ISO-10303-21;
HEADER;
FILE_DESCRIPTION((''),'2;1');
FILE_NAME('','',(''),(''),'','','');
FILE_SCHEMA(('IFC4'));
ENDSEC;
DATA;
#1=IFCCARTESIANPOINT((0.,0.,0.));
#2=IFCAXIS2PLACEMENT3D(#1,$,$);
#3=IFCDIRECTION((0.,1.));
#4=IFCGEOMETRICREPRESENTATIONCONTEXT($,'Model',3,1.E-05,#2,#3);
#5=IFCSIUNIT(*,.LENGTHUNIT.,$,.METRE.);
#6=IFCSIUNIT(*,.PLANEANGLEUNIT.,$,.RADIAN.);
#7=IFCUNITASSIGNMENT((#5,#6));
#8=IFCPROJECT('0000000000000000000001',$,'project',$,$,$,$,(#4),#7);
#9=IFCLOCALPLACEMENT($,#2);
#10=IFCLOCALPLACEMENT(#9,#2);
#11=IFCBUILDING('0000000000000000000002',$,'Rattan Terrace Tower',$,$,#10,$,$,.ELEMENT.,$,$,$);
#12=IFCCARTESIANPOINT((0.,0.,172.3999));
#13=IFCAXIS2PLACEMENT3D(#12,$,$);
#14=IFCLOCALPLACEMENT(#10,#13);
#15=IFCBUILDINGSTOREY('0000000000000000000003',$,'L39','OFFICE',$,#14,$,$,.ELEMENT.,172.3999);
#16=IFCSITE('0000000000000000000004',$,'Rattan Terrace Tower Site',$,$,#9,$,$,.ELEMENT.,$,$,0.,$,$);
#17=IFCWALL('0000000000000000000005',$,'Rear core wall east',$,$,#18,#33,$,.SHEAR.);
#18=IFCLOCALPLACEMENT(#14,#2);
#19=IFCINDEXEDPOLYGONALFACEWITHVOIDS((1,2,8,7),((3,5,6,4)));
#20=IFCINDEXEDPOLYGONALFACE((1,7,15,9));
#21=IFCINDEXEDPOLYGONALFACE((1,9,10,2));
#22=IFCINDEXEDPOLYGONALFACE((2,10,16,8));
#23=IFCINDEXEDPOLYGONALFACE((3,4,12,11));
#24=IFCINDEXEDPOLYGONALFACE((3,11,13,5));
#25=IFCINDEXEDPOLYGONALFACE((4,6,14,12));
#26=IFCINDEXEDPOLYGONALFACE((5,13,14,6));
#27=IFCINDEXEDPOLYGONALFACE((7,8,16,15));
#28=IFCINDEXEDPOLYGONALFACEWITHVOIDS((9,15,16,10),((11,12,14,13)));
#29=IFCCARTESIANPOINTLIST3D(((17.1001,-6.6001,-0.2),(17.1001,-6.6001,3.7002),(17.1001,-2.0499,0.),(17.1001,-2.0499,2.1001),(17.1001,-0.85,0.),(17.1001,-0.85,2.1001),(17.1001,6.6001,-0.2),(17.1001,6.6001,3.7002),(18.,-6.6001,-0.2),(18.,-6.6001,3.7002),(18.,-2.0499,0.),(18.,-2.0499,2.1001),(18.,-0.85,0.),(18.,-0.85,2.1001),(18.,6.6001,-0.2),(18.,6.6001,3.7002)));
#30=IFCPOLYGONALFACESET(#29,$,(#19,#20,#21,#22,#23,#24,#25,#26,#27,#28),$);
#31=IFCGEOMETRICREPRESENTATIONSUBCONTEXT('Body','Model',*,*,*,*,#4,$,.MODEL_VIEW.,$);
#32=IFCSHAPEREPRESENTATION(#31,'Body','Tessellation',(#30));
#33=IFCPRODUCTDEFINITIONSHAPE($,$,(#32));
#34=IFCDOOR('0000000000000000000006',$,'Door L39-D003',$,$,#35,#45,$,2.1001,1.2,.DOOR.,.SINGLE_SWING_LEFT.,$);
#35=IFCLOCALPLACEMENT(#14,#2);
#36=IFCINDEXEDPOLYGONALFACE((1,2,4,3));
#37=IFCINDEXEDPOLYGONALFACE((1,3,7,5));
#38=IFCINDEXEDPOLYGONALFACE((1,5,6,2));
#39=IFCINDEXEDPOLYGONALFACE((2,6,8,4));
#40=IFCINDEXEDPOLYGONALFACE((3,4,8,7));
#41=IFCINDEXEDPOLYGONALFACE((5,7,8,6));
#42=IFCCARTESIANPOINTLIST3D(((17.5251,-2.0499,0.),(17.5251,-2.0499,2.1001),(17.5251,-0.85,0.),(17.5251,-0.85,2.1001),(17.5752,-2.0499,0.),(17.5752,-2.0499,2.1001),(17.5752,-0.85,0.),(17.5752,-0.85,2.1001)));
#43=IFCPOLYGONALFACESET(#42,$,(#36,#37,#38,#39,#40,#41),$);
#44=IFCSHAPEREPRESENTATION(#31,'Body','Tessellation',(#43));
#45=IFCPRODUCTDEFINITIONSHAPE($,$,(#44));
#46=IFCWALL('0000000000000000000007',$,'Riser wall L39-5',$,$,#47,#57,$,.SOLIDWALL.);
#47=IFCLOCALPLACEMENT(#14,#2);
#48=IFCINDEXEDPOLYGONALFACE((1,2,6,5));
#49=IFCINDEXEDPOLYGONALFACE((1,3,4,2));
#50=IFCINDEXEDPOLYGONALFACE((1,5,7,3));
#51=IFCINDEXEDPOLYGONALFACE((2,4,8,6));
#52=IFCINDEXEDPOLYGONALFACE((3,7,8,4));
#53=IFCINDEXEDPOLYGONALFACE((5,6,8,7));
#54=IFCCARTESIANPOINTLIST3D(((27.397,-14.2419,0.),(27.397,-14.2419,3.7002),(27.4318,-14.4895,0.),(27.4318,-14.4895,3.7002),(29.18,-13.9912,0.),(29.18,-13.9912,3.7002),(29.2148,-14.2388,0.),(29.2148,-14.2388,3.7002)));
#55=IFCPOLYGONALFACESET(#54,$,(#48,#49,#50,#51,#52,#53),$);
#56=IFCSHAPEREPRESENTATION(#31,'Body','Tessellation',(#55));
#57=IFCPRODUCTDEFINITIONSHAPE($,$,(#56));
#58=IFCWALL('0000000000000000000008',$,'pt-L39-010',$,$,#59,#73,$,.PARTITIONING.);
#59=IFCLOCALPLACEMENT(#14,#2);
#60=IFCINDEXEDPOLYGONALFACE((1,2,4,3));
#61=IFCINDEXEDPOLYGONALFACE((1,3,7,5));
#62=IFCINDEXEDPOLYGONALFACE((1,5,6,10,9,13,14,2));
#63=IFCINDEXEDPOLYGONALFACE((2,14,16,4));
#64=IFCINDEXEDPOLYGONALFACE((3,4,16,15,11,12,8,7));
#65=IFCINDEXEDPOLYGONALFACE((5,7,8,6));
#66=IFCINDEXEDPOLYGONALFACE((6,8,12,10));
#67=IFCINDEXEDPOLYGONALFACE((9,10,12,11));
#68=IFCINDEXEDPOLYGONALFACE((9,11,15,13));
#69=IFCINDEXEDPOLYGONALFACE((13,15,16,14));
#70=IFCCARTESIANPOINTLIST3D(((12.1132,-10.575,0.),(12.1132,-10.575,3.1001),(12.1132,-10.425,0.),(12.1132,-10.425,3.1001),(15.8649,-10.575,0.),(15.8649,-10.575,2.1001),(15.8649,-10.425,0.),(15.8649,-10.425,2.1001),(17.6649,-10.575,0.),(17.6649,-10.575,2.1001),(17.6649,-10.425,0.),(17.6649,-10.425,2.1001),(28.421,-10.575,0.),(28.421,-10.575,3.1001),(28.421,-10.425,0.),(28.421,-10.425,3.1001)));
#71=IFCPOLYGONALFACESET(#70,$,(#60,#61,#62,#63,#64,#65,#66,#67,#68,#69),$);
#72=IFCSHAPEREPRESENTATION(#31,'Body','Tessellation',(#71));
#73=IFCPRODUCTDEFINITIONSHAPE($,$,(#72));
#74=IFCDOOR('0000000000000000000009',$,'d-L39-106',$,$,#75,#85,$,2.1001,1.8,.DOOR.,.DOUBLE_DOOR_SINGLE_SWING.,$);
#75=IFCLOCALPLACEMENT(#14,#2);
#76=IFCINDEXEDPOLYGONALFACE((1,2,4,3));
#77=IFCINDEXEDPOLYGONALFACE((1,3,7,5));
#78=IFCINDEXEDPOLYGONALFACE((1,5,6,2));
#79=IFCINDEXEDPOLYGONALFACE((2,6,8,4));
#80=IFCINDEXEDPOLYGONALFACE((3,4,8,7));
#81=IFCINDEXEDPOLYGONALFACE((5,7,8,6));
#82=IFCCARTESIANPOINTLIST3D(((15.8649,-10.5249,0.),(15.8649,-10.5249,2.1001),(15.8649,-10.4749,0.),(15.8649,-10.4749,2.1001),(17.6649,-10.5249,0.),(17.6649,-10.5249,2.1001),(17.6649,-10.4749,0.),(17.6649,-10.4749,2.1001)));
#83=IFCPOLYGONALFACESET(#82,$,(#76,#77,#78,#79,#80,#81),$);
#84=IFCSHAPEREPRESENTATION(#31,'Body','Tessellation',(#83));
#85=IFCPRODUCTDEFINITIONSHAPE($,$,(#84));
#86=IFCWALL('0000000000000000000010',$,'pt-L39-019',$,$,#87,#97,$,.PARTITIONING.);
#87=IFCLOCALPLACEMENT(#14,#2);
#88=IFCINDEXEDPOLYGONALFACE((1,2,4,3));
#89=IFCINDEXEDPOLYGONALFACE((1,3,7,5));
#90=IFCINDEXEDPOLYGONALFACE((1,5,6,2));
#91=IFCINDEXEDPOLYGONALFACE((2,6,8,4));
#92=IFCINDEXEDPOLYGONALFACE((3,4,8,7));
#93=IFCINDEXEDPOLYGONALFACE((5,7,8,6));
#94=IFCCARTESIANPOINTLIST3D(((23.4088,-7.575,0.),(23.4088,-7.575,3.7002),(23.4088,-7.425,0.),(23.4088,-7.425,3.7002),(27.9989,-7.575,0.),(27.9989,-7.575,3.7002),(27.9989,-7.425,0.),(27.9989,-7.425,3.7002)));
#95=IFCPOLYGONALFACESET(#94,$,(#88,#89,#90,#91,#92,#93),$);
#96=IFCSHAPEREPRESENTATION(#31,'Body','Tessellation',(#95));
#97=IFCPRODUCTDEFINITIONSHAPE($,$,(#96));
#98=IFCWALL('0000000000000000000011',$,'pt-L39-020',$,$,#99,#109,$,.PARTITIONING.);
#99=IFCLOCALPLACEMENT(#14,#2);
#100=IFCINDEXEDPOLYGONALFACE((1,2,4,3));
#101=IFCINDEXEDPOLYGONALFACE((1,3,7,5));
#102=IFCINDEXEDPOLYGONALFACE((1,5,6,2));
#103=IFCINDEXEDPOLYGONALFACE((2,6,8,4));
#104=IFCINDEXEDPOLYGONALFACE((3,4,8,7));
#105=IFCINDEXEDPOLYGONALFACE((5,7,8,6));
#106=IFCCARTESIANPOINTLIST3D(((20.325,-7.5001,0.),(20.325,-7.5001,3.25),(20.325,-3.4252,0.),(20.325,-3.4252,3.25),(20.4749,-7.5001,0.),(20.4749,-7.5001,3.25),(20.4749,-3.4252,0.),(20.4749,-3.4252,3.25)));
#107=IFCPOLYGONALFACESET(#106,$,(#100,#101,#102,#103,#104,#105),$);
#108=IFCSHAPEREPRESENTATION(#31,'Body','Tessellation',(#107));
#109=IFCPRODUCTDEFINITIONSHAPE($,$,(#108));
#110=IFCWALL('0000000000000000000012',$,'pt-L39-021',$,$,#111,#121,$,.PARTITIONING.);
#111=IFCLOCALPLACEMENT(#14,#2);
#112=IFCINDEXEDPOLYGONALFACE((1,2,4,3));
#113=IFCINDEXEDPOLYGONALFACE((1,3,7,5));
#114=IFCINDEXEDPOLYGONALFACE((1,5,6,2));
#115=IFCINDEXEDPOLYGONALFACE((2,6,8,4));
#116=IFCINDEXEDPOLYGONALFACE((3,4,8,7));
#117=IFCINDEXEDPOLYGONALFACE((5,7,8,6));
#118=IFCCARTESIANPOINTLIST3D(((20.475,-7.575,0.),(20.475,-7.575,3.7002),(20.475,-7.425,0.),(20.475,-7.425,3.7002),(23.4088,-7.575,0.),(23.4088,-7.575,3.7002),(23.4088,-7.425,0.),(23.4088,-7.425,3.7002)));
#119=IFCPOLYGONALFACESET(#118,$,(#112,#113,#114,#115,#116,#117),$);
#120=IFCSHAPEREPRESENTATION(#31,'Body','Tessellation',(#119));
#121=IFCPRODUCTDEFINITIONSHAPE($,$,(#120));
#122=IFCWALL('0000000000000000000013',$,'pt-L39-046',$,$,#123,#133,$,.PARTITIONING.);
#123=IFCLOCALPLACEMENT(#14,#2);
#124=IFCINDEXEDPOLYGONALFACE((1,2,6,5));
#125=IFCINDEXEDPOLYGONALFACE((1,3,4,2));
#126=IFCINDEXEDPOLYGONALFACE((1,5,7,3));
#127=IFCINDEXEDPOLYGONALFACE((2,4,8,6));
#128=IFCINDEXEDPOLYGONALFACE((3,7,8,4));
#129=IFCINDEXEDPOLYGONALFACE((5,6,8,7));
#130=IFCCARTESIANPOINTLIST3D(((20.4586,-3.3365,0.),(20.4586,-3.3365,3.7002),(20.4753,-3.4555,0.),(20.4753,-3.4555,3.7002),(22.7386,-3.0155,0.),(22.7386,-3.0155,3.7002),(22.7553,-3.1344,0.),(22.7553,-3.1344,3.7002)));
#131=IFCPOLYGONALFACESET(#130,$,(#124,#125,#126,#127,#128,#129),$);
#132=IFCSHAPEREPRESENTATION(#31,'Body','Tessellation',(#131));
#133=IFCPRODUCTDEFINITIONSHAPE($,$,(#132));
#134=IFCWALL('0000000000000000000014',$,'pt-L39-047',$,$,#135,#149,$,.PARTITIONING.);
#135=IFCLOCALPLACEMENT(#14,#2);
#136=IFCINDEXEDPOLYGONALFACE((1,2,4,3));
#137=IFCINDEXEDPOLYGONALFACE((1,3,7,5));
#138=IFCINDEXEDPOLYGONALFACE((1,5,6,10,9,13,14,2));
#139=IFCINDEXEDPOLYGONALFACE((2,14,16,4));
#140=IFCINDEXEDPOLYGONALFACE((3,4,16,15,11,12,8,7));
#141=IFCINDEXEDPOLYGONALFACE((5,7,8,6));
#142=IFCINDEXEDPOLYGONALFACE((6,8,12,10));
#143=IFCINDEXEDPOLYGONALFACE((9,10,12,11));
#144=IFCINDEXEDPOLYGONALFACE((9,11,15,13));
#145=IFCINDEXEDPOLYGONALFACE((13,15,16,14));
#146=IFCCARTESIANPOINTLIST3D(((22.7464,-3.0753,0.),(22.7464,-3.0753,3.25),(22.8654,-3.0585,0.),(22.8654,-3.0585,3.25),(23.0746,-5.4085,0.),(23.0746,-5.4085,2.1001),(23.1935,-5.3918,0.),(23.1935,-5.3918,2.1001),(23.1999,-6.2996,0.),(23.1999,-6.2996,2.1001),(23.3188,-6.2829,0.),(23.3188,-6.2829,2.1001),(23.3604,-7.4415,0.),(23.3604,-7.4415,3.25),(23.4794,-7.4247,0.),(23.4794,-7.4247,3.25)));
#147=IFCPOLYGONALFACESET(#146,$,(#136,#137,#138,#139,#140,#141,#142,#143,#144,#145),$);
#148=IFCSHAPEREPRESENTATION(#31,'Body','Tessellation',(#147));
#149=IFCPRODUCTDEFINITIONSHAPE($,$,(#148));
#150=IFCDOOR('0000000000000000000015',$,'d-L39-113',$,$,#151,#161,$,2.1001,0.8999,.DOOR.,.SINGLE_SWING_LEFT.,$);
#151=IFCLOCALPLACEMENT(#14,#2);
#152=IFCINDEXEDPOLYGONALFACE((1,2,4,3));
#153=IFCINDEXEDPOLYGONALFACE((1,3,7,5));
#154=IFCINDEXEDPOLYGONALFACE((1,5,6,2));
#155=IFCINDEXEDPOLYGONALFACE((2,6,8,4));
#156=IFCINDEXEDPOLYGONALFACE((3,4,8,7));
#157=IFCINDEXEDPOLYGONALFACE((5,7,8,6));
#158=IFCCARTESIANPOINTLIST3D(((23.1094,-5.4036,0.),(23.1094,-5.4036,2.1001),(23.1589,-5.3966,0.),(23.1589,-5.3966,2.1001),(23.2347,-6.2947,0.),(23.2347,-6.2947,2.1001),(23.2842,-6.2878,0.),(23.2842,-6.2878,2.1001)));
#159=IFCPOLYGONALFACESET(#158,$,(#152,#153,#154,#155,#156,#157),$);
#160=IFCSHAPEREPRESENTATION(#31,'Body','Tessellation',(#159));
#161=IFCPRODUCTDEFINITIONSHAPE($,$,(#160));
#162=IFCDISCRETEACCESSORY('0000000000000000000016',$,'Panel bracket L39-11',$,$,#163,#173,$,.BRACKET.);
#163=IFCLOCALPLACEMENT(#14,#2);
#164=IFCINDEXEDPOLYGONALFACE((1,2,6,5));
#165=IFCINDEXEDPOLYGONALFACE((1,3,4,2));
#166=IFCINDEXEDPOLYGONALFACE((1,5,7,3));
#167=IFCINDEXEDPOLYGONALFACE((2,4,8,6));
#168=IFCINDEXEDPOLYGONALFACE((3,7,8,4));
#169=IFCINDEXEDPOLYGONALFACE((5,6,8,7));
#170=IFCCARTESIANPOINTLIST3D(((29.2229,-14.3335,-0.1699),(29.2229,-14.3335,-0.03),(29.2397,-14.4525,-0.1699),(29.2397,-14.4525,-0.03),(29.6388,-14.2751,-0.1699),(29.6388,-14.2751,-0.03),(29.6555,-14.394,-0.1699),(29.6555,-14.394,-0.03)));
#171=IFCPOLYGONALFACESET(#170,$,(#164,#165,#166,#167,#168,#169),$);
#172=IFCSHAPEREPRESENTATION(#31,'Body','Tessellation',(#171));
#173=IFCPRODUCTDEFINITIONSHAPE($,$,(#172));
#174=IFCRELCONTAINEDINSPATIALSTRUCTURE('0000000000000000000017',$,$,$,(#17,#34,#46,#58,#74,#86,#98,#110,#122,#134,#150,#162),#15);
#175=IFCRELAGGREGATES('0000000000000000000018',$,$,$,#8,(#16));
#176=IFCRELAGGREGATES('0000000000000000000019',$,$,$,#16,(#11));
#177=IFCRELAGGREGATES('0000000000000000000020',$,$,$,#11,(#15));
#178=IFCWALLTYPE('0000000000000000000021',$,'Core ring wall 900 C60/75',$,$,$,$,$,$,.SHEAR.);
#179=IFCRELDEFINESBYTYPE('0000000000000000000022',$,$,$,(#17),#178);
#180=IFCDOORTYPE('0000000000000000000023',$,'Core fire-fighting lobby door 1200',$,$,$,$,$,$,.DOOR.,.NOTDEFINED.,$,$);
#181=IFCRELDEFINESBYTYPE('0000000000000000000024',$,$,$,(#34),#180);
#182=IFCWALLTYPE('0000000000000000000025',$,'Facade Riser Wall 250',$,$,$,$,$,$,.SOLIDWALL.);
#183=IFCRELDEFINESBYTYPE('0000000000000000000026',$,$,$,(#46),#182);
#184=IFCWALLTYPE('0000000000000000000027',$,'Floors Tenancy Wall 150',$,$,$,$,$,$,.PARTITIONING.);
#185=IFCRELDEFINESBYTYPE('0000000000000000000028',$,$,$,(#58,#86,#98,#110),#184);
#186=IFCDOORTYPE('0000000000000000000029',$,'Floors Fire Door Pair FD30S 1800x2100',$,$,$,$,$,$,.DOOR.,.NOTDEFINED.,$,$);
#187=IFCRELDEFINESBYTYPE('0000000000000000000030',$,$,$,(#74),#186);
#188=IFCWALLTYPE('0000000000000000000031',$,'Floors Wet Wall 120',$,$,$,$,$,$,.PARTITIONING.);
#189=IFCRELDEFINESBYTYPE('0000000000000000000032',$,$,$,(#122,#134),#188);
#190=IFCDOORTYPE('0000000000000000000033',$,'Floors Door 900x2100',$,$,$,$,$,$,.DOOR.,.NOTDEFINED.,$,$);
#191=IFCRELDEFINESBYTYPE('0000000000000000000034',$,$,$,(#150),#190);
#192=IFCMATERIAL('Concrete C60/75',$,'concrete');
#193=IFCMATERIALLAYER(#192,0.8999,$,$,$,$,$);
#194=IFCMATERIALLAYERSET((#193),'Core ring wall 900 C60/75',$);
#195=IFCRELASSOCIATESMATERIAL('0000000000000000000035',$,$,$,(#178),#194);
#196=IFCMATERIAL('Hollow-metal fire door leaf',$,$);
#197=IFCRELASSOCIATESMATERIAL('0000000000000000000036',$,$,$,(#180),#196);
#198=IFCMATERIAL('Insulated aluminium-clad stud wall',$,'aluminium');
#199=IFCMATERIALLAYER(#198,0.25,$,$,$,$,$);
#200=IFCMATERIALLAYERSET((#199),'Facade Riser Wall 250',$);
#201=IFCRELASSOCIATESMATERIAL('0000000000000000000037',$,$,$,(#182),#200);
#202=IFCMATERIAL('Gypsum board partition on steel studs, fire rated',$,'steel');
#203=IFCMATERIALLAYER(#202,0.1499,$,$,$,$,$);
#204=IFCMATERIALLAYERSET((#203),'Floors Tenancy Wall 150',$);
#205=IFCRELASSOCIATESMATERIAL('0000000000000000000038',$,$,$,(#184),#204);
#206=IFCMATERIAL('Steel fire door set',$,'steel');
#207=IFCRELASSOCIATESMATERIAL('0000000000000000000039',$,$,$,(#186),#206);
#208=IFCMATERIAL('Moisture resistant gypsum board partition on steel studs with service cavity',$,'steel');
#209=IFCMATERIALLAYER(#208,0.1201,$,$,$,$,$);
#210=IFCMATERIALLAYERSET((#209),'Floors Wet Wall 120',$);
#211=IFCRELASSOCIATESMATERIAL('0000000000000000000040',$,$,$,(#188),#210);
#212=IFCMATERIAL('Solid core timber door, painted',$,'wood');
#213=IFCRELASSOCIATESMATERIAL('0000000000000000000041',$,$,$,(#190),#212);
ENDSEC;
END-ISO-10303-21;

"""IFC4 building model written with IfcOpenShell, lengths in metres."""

from ifc_helpers import new_model, si_unit, direction, frame, frame_2d, origin, origin_2d, place, context, subcontext, project, spatial, rectangle, extrude, material, layer, layer_set, type_object, element, fill, save


model = new_model("IFC4")

# Units and contexts
model_context = context("Model", 3, precision=1e-05, world=origin(), true_north=direction((0.0, 1.0)))
body_context = subcontext(model_context, "Body", "Model", "MODEL_VIEW")
ifc_project = project(units=[si_unit("LENGTHUNIT", "METRE"), si_unit("PLANEANGLEUNIT", "RADIAN")], contexts=[model_context])

# Site, building, storey
site_placement = place(None, origin())
site = spatial("IfcSite", under=ifc_project, at=site_placement, Name="Rattan Terrace Tower Site", CompositionType="ELEMENT", RefElevation=0.0)
building_placement = place(site_placement, origin())
building = spatial("IfcBuilding", under=site, at=building_placement, Name="Rattan Terrace Tower", CompositionType="ELEMENT")
storey_placement = place(building_placement, frame((0.0, 0.0, 172.3999)))
storey = spatial("IfcBuildingStorey", under=building, at=storey_placement, Name="L39", Description="OFFICE", CompositionType="ELEMENT", Elevation=172.3999)

# Wall, opening, door
ifc_material_1 = material(Name="Concrete C60/75", Category="concrete")
ifc_layer_1 = layer(ifc_material_1, 0.8999)
ifc_layer_set_1 = layer_set([ifc_layer_1], Name="Core ring wall 900 C60/75")
wall_type_1 = type_object("IfcWallType", Name="Core ring wall 900 C60/75", PredefinedType="SHEAR", material=ifc_layer_set_1)
wall_1_placement = place(storey_placement, frame((17.55, -6.6001, -0.2), z_axis=(0.0, 0.0, 1.0), x_axis=(0.0, 1.0, 0.0)))
wall_1 = element("IfcWall", 1, at=wall_1_placement, inside=storey, type_object=wall_type_1, Name="Rear core wall east", PredefinedType="SHEAR", context=body_context, shape_type="SweptSolid", body=[
    extrude(rectangle(XDim=13.2002, YDim=0.8999, at=frame_2d((6.6001, 0.0))), origin(), (0.0, 0.0, 1.0), 3.9001),
])
opening_1_placement = place(wall_1_placement, frame((4.55, 0.0, 0.2)))
opening_1 = element("IfcOpeningElement", 2, at=opening_1_placement, cuts=wall_1, PredefinedType="OPENING", context=body_context, shape_type="SweptSolid", body=[
    extrude(rectangle(XDim=1.2, YDim=2.1001, at=frame_2d((0.6001, 1.05))), frame((0.0, 0.4604, 0.0), z_axis=(0.0, -1.0, 0.0), x_axis=(1.0, 0.0, 0.0)), (0.0, 0.0, 1.0), 0.9209),
])
ifc_material_2 = material(Name="Hollow-metal fire door leaf")
door_type_1 = type_object("IfcDoorType", Name="Core fire-fighting lobby door 1200", OperationType="NOTDEFINED", PredefinedType="DOOR", material=ifc_material_2)
door_1_placement = place(opening_1_placement, origin())
door_1 = element("IfcDoor", 3, at=door_1_placement, inside=storey, type_object=door_type_1, Name="Door L39-D003", OperationType="SINGLE_SWING_LEFT", OverallHeight=2.1001, OverallWidth=1.2, PredefinedType="DOOR", context=body_context, shape_type="SweptSolid", body=[
    extrude(rectangle(XDim=1.2, YDim=2.1001, at=frame_2d((0.6001, 1.05))), frame((0.0, 0.0249, 0.0), z_axis=(0.0, -1.0, 0.0), x_axis=(1.0, 0.0, 0.0)), (0.0, 0.0, 1.0), 0.05),
])
fill(opening_1, door_1)

# Wall
ifc_material_3 = material(Name="Insulated aluminium-clad stud wall", Category="aluminium")
ifc_layer_2 = layer(ifc_material_3, 0.25)
ifc_layer_set_2 = layer_set([ifc_layer_2], Name="Facade Riser Wall 250")
wall_type_2 = type_object("IfcWallType", Name="Facade Riser Wall 250", PredefinedType="SOLIDWALL", material=ifc_layer_set_2)
wall_2_placement = place(storey_placement, frame((27.4143, -14.3657, 0.0), z_axis=(0.0, 0.0, 1.0), x_axis=(0.990256, 0.139257, 0.0)))
element("IfcWall", 4, at=wall_2_placement, inside=storey, type_object=wall_type_2, Name="Riser wall L39-5", PredefinedType="SOLIDWALL", context=body_context, shape_type="SweptSolid", body=[
    extrude(rectangle(XDim=1.8005, YDim=0.25, at=frame_2d((0.9004, 0.0))), origin(), (0.0, 0.0, 1.0), 3.7002),
])

# Wall, opening, door
ifc_material_4 = material(Name="Gypsum board partition on steel studs, fire rated", Category="steel")
ifc_layer_3 = layer(ifc_material_4, 0.1499)
ifc_layer_set_3 = layer_set([ifc_layer_3], Name="Floors Tenancy Wall 150")
wall_type_3 = type_object("IfcWallType", Name="Floors Tenancy Wall 150", PredefinedType="PARTITIONING", material=ifc_layer_set_3)
wall_3_placement = place(storey_placement, frame((28.4209, -10.5, 0.0), z_axis=(0.0, 0.0, 1.0), x_axis=(-1.0, 0.0, 0.0)))
wall_3 = element("IfcWall", 5, at=wall_3_placement, inside=storey, type_object=wall_type_3, Name="pt-L39-010", PredefinedType="PARTITIONING", context=body_context, shape_type="SweptSolid", body=[
    extrude(rectangle(XDim=16.3079, YDim=0.1499, at=frame_2d((8.1538, 0.0))), origin(), (0.0, 0.0, 1.0), 3.1001),
])
opening_2_placement = place(wall_3_placement, frame((10.7561, 0.0, 0.0)))
opening_2 = element("IfcOpeningElement", 6, at=opening_2_placement, cuts=wall_3, PredefinedType="OPENING", context=body_context, shape_type="SweptSolid", body=[
    extrude(rectangle(XDim=1.8, YDim=2.1001, at=frame_2d((0.8999, 1.05))), frame((0.0, 0.0854, 0.0), z_axis=(0.0, -1.0, 0.0), x_axis=(1.0, 0.0, 0.0)), (0.0, 0.0, 1.0), 0.1709),
])
ifc_material_5 = material(Name="Steel fire door set", Category="steel")
door_type_2 = type_object("IfcDoorType", Name="Floors Fire Door Pair FD30S 1800x2100", OperationType="NOTDEFINED", PredefinedType="DOOR", material=ifc_material_5)
door_2_placement = place(opening_2_placement, origin())
door_2 = element("IfcDoor", 7, at=door_2_placement, inside=storey, type_object=door_type_2, Name="d-L39-106", OperationType="DOUBLE_DOOR_SINGLE_SWING", OverallHeight=2.1001, OverallWidth=1.8, PredefinedType="DOOR", context=body_context, shape_type="SweptSolid", body=[
    extrude(rectangle(XDim=1.8, YDim=2.1001, at=frame_2d((0.8999, 1.05))), frame((0.0, 0.0249, 0.0), z_axis=(0.0, -1.0, 0.0), x_axis=(1.0, 0.0, 0.0)), (0.0, 0.0, 1.0), 0.05),
])
fill(opening_2, door_2)

# Walls
wall_4_placement = place(storey_placement, frame((23.4089, -7.5, 0.0), z_axis=(0.0, 0.0, 1.0), x_axis=(1.0, 0.0, 0.0)))
element("IfcWall", 8, at=wall_4_placement, inside=storey, type_object=wall_type_3, Name="pt-L39-019", PredefinedType="PARTITIONING", context=body_context, shape_type="SweptSolid", body=[
    extrude(rectangle(XDim=4.5901, YDim=0.1499, at=frame_2d((2.2949, 0.0))), origin(), (0.0, 0.0, 1.0), 3.7002),
])
wall_5_placement = place(storey_placement, frame((20.3999, -3.425, 0.0), z_axis=(0.0, 0.0, 1.0), x_axis=(0.0, -1.0, 0.0)))
element("IfcWall", 9, at=wall_5_placement, inside=storey, type_object=wall_type_3, Name="pt-L39-020", PredefinedType="PARTITIONING", context=body_context, shape_type="SweptSolid", body=[
    extrude(rectangle(XDim=4.075, YDim=0.1499, at=frame_2d((2.0376, 0.0))), origin(), (0.0, 0.0, 1.0), 3.25),
])
wall_6_placement = place(storey_placement, frame((20.4751, -7.5, 0.0), z_axis=(0.0, 0.0, 1.0), x_axis=(1.0, 0.0, 0.0)))
element("IfcWall", 10, at=wall_6_placement, inside=storey, type_object=wall_type_3, Name="pt-L39-021", PredefinedType="PARTITIONING", context=body_context, shape_type="SweptSolid", body=[
    extrude(rectangle(XDim=2.9338, YDim=0.1499, at=frame_2d((1.4668, 0.0))), origin(), (0.0, 0.0, 1.0), 3.7002),
])
ifc_material_6 = material(Name="Moisture resistant gypsum board partition on steel studs with service cavity", Category="steel")
ifc_layer_4 = layer(ifc_material_6, 0.1201)
ifc_layer_set_4 = layer_set([ifc_layer_4], Name="Floors Wet Wall 120")
wall_type_4 = type_object("IfcWallType", Name="Floors Wet Wall 120", PredefinedType="PARTITIONING", material=ifc_layer_set_4)
wall_7_placement = place(storey_placement, frame((22.7471, -3.075, 0.0), z_axis=(0.0, 0.0, 1.0), x_axis=(-0.990232, -0.139432, 0.0)))
element("IfcWall", 11, at=wall_7_placement, inside=storey, type_object=wall_type_4, Name="pt-L39-046", PredefinedType="PARTITIONING", context=body_context, shape_type="SweptSolid", body=[
    extrude(rectangle(XDim=2.3025, YDim=0.1201, at=frame_2d((1.1514, 0.0))), origin(), (0.0, 0.0, 1.0), 3.7002),
])

# Wall, opening, door
wall_8_placement = place(storey_placement, frame((23.4199, -7.4331, 0.0), z_axis=(0.0, 0.0, 1.0), x_axis=(-0.139258, 0.990256, 0.0)))
wall_8 = element("IfcWall", 12, at=wall_8_placement, inside=storey, type_object=wall_type_4, Name="pt-L39-047", PredefinedType="PARTITIONING", context=body_context, shape_type="SweptSolid", body=[
    extrude(rectangle(XDim=4.4092, YDim=0.1201, at=frame_2d((2.2046, 0.0))), origin(), (0.0, 0.0, 1.0), 3.25),
])
opening_3_placement = place(wall_8_placement, frame((1.1531, 0.0, 0.0)))
opening_3 = element("IfcOpeningElement", 13, at=opening_3_placement, cuts=wall_8, PredefinedType="OPENING", context=body_context, shape_type="SweptSolid", body=[
    extrude(rectangle(XDim=0.8999, YDim=2.1001, at=frame_2d((0.45, 1.05))), frame((0.0, 0.0706, 0.0), z_axis=(0.0, -1.0, 0.0), x_axis=(1.0, 0.0, 0.0)), (0.0, 0.0, 1.0), 0.1411),
])
ifc_material_7 = material(Name="Solid core timber door, painted", Category="wood")
door_type_3 = type_object("IfcDoorType", Name="Floors Door 900x2100", OperationType="NOTDEFINED", PredefinedType="DOOR", material=ifc_material_7)
door_3_placement = place(opening_3_placement, origin())
door_3 = element("IfcDoor", 14, at=door_3_placement, inside=storey, type_object=door_type_3, Name="d-L39-113", OperationType="SINGLE_SWING_LEFT", OverallHeight=2.1001, OverallWidth=0.8999, PredefinedType="DOOR", context=body_context, shape_type="SweptSolid", body=[
    extrude(rectangle(XDim=0.8999, YDim=2.1001, at=frame_2d((0.45, 1.05))), frame((0.0, 0.0249, 0.0), z_axis=(0.0, -1.0, 0.0), x_axis=(1.0, 0.0, 0.0)), (0.0, 0.0, 1.0), 0.05),
])
fill(opening_3, door_3)

# Discrete accessory
for number, where, z_axis, x_axis, name in (
    (15, (29.4392, -14.3638, -0.1699), (0.0, 0.0, 1.0), (-0.139191, 0.990266, 0.0), "Panel bracket L39-11"),
):
    element("IfcDiscreteAccessory", number, at=place(storey_placement, frame(where, z_axis=z_axis, x_axis=x_axis)), inside=storey, Name=name, PredefinedType="BRACKET", context=body_context, shape_type="SweptSolid", body=[
        extrude(rectangle(XDim=0.1201, YDim=0.4199, at=origin_2d()), origin(), (0.0, 0.0, 1.0), 0.1399),
    ])

save(model, "model.ifc")
